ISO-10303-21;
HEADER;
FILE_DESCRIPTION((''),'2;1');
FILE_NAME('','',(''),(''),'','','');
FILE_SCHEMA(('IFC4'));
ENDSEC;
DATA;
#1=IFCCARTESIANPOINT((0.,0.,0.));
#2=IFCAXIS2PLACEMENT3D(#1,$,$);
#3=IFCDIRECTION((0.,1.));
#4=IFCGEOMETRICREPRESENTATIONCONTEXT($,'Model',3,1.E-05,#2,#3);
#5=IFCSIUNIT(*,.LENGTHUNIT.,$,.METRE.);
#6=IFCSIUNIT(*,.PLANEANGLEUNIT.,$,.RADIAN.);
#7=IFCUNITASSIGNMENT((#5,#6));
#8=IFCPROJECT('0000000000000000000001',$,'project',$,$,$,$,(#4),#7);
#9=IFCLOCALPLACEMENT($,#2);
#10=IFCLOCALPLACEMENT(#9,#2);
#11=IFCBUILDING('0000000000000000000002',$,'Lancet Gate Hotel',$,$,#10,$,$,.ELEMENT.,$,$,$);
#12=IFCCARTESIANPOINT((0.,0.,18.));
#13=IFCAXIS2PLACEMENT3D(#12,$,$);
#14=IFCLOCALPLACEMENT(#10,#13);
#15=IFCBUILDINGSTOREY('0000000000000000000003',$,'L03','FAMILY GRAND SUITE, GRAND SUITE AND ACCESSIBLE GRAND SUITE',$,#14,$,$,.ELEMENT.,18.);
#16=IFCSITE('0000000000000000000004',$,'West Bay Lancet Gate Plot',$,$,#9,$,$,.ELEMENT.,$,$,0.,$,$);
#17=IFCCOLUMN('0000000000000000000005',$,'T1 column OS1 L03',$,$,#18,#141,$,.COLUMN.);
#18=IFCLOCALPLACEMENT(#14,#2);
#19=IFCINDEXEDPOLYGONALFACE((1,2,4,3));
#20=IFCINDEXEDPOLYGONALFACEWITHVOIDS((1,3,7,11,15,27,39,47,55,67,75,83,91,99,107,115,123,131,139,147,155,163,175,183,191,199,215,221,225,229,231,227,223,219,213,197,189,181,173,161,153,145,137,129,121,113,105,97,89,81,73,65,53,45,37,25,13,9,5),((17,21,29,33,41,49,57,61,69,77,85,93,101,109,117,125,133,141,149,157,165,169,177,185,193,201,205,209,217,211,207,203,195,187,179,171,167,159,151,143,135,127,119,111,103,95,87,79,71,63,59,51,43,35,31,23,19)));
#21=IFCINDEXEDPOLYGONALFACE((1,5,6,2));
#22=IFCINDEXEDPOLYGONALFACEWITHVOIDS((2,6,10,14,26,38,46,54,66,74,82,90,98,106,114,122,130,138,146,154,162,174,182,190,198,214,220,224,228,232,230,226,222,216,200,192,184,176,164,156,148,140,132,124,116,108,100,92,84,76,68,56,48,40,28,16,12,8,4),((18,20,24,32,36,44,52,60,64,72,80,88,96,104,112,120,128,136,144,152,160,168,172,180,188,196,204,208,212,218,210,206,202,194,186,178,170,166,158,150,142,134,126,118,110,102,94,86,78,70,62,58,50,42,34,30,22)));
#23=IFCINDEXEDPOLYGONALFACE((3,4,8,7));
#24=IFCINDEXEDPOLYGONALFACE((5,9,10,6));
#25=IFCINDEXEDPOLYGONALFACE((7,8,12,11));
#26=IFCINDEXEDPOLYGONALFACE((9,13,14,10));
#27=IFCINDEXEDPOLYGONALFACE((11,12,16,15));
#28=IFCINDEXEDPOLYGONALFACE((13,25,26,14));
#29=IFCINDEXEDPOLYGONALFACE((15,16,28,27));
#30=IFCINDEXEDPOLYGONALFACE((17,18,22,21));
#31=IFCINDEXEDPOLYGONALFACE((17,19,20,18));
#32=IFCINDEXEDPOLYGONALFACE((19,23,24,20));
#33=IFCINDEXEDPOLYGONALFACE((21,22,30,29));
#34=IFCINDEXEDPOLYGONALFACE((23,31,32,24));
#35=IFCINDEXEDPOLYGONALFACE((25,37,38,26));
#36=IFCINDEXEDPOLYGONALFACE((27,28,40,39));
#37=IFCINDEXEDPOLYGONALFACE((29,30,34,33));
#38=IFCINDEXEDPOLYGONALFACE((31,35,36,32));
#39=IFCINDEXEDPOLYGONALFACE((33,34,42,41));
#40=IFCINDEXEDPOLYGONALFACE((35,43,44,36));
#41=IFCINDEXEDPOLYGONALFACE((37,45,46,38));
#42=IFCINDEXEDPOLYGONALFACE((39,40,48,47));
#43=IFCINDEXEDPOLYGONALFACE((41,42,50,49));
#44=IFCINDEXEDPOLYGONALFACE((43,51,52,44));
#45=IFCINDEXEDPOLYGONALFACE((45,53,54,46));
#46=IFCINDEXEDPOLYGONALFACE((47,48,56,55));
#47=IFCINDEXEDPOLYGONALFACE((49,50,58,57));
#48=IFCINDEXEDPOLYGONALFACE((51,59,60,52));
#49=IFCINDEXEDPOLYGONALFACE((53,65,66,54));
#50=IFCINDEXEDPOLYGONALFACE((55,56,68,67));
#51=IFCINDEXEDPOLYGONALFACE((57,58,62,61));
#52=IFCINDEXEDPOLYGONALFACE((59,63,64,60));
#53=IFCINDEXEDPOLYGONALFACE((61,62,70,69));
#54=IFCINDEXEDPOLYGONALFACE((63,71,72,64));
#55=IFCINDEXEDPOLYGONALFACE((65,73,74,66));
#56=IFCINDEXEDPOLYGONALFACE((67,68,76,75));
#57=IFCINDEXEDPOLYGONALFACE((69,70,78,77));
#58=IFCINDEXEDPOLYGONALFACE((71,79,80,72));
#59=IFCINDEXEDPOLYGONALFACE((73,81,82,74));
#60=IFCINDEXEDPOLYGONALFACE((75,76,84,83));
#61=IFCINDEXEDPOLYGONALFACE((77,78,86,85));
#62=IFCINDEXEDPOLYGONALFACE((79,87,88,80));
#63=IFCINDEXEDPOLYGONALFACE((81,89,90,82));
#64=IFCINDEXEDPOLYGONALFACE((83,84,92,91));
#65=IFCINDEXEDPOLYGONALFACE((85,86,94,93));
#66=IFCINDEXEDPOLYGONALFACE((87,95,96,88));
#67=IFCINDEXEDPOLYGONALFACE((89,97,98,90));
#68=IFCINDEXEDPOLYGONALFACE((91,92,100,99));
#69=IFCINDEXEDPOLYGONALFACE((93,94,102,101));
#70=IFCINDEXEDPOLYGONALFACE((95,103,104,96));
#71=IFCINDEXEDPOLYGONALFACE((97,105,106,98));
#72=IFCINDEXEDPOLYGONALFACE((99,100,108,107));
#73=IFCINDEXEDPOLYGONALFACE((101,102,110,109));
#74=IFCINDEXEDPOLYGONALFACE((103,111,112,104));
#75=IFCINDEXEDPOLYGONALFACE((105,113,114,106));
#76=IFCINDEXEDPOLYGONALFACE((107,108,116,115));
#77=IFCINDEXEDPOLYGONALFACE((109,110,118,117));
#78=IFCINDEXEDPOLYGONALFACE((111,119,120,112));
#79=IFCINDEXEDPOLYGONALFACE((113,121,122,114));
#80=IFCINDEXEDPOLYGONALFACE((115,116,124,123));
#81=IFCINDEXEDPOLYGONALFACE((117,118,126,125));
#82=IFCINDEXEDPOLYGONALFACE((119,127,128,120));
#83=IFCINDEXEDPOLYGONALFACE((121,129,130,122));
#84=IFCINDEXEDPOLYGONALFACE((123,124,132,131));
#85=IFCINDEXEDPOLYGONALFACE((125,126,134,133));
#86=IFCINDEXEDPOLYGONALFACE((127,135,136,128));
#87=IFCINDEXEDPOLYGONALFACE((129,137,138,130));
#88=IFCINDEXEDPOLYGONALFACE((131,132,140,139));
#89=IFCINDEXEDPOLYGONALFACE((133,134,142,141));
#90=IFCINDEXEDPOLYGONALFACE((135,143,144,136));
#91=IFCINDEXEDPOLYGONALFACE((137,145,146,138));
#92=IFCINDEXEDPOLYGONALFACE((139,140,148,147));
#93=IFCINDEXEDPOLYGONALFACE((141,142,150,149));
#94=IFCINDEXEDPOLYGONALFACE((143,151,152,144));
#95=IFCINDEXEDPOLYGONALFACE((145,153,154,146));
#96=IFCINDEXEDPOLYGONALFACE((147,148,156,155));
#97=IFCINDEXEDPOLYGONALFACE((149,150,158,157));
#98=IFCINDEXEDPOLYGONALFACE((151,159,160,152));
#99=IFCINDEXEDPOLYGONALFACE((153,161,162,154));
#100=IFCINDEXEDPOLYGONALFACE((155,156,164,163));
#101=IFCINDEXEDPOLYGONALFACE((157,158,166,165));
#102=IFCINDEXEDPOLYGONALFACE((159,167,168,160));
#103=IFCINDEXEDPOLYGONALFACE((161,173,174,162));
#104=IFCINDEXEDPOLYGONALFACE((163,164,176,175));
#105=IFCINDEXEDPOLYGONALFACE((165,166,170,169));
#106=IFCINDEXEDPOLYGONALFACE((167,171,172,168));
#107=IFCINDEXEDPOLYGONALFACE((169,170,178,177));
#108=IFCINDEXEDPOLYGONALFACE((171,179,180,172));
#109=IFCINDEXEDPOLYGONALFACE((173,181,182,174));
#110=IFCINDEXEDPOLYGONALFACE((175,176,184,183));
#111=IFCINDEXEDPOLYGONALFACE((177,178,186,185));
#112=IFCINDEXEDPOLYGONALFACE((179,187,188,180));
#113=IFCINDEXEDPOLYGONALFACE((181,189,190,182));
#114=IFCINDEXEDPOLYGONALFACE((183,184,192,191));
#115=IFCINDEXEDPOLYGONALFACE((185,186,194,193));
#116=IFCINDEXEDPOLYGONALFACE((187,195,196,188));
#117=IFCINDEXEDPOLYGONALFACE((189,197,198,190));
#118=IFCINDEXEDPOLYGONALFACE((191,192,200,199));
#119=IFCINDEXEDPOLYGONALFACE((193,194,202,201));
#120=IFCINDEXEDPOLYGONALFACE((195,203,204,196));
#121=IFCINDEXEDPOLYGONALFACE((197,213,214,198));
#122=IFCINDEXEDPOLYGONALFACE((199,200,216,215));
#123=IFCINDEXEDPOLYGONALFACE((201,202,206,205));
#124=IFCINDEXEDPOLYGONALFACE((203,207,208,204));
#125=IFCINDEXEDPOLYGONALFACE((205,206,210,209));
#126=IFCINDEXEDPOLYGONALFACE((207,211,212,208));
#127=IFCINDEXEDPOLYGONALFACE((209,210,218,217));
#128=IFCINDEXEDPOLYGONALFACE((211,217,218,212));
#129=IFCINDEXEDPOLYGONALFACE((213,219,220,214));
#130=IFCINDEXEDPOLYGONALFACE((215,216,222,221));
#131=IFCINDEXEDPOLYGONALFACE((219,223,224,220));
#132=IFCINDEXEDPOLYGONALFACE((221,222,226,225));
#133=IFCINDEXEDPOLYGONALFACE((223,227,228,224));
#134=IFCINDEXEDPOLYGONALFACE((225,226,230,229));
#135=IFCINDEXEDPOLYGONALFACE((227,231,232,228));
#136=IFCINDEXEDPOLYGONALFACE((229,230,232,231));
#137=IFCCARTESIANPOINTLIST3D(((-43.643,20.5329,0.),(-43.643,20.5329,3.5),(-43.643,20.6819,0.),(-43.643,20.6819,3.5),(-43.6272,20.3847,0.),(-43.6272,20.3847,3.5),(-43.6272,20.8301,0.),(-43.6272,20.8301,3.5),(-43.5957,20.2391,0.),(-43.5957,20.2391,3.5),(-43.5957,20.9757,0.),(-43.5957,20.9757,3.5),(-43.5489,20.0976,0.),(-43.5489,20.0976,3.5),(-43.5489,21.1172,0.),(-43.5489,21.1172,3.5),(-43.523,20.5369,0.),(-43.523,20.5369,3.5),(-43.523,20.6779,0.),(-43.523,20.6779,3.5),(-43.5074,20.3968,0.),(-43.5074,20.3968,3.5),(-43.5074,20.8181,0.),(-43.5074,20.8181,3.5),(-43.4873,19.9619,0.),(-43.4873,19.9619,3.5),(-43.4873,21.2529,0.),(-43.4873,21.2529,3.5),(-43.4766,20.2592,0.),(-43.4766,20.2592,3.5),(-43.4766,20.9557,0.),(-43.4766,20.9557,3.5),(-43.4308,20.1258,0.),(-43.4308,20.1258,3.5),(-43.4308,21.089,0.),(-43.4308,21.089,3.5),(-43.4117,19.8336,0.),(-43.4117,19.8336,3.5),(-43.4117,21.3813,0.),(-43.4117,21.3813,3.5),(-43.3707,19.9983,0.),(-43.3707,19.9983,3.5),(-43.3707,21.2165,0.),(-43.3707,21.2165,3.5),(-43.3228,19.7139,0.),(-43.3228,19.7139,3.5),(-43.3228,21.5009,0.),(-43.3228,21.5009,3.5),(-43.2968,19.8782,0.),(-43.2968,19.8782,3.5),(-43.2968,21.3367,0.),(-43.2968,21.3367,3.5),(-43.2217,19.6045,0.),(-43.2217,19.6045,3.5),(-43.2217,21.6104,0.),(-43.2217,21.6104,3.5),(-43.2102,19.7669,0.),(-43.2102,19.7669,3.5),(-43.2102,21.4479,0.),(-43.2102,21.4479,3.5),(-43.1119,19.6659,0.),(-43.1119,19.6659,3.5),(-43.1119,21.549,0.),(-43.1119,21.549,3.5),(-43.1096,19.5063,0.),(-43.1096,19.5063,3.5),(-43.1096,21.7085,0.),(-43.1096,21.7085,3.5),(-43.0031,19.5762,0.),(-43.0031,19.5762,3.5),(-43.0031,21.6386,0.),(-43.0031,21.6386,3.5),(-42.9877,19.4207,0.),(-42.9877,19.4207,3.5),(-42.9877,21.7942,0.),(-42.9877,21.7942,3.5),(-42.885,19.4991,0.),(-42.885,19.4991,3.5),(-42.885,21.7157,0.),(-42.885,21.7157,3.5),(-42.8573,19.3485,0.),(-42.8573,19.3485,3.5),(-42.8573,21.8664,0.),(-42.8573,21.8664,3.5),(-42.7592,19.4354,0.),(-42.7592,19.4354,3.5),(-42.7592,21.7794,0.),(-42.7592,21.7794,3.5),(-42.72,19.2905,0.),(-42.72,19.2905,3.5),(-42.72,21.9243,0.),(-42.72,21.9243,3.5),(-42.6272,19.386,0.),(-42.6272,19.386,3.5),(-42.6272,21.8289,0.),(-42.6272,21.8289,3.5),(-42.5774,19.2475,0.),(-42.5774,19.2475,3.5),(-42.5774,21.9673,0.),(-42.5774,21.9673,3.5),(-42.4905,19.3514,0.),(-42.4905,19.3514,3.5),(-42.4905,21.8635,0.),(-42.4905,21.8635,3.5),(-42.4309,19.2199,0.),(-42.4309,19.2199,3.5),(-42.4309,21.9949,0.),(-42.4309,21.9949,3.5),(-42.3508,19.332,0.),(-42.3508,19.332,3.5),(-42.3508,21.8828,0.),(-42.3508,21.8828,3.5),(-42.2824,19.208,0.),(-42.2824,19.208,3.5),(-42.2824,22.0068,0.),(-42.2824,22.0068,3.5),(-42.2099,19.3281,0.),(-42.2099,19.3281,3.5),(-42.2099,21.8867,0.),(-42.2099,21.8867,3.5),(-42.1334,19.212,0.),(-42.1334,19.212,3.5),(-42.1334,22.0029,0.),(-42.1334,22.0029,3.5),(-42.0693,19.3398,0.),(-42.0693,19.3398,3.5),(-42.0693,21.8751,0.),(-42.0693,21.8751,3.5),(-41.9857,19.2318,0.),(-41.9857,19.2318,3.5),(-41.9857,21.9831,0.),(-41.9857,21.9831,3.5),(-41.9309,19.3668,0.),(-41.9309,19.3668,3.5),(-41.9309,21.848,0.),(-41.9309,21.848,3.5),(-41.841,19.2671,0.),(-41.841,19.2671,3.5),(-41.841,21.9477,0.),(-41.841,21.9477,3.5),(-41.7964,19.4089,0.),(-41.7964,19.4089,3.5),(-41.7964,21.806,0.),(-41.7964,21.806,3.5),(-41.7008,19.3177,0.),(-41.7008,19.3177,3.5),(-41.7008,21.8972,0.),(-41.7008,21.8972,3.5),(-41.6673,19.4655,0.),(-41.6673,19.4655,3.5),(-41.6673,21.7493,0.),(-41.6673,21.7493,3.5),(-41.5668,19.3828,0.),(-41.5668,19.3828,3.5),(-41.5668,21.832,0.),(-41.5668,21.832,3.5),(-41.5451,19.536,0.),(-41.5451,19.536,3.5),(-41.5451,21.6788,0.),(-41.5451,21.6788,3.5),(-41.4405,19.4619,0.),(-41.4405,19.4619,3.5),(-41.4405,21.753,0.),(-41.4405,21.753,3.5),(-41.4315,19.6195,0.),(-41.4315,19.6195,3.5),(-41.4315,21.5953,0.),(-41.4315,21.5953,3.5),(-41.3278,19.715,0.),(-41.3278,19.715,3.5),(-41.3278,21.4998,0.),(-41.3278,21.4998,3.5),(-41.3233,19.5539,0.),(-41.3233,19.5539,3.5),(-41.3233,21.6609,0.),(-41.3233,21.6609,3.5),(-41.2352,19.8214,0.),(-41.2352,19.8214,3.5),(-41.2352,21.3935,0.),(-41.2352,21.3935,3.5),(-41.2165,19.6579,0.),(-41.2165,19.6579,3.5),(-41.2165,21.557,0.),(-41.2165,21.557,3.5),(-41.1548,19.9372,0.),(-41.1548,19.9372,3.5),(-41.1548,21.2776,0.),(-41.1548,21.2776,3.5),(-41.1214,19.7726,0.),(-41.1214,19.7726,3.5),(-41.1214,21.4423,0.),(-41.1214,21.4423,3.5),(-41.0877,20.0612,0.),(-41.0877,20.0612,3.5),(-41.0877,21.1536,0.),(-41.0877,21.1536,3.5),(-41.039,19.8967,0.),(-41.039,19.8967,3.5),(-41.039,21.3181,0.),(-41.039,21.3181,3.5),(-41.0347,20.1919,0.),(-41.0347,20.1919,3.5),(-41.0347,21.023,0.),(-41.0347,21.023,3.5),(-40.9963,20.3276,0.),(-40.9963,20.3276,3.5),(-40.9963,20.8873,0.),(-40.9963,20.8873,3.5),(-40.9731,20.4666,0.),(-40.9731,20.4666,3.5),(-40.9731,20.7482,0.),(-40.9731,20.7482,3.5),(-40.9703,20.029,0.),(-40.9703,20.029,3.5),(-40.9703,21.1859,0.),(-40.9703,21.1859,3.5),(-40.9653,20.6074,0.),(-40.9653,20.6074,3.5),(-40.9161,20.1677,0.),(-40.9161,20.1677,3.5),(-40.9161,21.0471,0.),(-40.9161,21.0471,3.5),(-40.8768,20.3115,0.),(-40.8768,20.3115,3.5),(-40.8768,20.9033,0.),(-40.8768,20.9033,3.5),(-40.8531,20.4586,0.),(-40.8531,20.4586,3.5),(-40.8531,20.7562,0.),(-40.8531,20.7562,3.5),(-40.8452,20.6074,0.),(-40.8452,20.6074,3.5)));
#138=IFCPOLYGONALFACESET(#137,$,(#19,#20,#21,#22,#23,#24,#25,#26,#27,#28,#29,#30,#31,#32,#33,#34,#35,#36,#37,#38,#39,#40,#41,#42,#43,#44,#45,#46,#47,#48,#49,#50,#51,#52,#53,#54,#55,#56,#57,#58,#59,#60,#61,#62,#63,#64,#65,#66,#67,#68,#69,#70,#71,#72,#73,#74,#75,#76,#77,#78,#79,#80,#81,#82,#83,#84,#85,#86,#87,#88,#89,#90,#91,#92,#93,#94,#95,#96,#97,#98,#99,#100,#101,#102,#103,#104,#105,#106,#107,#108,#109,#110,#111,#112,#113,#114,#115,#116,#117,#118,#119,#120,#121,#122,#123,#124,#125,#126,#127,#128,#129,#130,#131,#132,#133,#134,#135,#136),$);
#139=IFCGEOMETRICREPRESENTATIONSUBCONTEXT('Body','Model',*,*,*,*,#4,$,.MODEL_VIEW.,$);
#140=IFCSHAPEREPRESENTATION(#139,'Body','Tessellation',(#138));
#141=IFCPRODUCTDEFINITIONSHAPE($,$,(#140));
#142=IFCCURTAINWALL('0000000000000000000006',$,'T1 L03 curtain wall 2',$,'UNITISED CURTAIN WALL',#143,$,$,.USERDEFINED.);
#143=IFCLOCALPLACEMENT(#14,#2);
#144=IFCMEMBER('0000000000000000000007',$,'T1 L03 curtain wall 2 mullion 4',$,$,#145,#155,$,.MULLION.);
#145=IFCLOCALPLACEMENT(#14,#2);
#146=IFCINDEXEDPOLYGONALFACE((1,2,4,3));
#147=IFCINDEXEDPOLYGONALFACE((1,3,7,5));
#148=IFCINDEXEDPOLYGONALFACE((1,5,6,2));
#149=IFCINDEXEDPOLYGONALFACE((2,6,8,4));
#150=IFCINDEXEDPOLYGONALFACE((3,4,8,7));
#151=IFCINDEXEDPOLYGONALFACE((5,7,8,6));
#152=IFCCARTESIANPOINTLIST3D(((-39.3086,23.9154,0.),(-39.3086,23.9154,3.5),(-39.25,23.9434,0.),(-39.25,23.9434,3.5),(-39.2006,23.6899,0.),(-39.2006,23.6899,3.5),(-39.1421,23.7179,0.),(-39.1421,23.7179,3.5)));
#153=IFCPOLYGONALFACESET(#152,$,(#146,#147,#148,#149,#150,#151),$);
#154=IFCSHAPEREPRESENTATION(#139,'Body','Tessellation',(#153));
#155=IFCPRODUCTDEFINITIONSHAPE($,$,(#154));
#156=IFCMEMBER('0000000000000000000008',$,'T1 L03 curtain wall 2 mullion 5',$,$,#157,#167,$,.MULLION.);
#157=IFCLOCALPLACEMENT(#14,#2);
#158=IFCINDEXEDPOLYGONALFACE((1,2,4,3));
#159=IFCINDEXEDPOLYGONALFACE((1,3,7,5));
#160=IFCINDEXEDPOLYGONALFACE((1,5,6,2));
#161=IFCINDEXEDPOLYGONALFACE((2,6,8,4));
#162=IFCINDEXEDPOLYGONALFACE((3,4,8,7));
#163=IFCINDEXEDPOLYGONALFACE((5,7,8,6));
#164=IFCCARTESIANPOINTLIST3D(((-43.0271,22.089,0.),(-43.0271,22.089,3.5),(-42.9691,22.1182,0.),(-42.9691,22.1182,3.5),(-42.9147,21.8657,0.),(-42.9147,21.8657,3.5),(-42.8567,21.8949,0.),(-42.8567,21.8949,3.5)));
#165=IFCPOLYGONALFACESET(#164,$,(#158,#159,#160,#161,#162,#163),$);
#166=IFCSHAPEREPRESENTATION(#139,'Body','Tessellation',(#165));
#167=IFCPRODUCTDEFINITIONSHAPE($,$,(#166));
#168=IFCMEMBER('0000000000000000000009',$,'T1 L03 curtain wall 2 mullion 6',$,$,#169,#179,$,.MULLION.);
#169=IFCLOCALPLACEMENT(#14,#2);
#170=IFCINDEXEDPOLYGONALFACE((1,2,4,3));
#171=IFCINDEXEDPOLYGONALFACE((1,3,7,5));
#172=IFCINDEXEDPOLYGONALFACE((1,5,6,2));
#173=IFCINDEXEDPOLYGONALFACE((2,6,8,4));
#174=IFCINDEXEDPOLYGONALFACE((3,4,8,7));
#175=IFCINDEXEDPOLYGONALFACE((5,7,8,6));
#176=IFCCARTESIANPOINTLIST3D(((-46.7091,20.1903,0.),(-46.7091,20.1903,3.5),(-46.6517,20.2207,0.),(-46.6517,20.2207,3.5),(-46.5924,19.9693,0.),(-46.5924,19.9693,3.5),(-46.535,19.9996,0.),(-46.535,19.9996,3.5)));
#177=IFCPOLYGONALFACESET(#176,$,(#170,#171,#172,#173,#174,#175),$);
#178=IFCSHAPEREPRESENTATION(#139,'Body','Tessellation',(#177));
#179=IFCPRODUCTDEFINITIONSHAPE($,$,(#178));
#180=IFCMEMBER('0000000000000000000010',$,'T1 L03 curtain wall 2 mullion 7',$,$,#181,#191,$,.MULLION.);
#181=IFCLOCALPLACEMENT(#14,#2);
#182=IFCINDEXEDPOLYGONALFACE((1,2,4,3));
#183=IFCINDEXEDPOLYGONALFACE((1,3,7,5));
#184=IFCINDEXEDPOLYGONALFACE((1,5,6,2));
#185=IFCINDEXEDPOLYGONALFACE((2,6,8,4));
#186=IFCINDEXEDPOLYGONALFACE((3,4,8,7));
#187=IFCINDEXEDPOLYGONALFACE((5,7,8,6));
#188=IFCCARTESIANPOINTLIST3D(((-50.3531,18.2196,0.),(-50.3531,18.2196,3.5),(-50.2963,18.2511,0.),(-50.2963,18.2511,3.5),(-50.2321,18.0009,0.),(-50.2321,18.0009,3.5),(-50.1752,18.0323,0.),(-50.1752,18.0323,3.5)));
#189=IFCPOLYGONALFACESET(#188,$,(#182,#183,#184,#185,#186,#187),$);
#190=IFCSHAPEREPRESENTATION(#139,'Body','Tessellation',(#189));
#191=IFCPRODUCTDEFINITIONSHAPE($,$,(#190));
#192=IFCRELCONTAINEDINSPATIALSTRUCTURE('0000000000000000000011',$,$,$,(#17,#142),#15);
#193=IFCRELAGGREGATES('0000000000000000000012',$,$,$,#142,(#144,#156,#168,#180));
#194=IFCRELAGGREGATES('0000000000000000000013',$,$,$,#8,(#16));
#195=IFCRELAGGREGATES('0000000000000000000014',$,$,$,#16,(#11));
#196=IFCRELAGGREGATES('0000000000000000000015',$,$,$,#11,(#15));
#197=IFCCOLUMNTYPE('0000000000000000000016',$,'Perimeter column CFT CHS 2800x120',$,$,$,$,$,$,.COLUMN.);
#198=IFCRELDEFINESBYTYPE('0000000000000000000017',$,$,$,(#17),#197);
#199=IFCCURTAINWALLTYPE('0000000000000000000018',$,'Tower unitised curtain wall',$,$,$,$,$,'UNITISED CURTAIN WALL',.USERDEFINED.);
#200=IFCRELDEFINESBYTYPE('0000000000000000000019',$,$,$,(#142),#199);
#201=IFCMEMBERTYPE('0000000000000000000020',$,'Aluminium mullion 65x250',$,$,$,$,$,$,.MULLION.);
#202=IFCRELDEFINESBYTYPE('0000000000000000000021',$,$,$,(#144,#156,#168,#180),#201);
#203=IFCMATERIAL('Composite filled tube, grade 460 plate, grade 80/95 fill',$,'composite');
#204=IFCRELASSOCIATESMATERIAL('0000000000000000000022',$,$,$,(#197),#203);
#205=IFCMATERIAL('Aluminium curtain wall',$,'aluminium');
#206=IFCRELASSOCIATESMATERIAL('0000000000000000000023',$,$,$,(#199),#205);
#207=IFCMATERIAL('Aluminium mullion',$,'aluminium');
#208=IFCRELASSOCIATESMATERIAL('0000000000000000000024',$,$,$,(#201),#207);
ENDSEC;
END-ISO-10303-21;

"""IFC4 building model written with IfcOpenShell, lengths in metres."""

from ifc_helpers import new_model, si_unit, direction, frame, origin, origin_2d, place, context, subcontext, project, spatial, rectangle, hollow_circle, extrude, material, material_profile, profile_set, type_object, element, aggregate, save


model = new_model("IFC4")

# Units and contexts
model_context = context("Model", 3, precision=1e-05, world=origin(), true_north=direction((0.0, 1.0)))
body_context = subcontext(model_context, "Body", "Model", "MODEL_VIEW")
ifc_project = project(units=[si_unit("LENGTHUNIT", "METRE"), si_unit("PLANEANGLEUNIT", "RADIAN")], contexts=[model_context])

# Site, building, storey
site_placement = place(None, origin())
site = spatial("IfcSite", under=ifc_project, at=site_placement, Name="West Bay Lancet Gate Plot", CompositionType="ELEMENT", RefElevation=0.0)
building_placement = place(site_placement, origin())
building = spatial("IfcBuilding", under=site, at=building_placement, Name="Lancet Gate Hotel", CompositionType="ELEMENT")
storey_placement = place(building_placement, frame((0.0, 0.0, 18.0)))
storey = spatial("IfcBuildingStorey", under=building, at=storey_placement, Name="L03", Description="FAMILY GRAND SUITE, GRAND SUITE AND ACCESSIBLE GRAND SUITE", CompositionType="ELEMENT", Elevation=18.0)

# Column
ifc_material_1 = material(Name="Composite filled tube, grade 460 plate, grade 80/95 fill", Category="composite")
ifc_material_profile_1 = material_profile(ifc_material_1, hollow_circle(Radius=1.3999, WallThickness=0.1201, at=origin_2d()), Name="CHS 2800x120")
ifc_profile_set_1 = profile_set([ifc_material_profile_1], Name="Composite filled tube, grade 460 plate, grade 80/95 fill")
column_type = type_object("IfcColumnType", Name="Perimeter column CFT CHS 2800x120", PredefinedType="COLUMN", material=ifc_profile_set_1)
column_placement = place(storey_placement, frame((-42.2451, 20.6074, 0.0), z_axis=(0.0, 0.0, 1.0), x_axis=(1.0, 0.0, 0.0)))
element("IfcColumn", 1, at=column_placement, inside=storey, type_object=column_type, Name="T1 column OS1 L03", PredefinedType="COLUMN", context=body_context, shape_type="SweptSolid", body=[
    extrude(hollow_circle(Radius=1.3999, WallThickness=0.1201, at=origin_2d()), origin(), (0.0, 0.0, 1.0), 3.5),
])

# Curtain wall, members
ifc_material_2 = material(Name="Aluminium curtain wall", Category="aluminium")
curtain_wall_type = type_object("IfcCurtainWallType", Name="Tower unitised curtain wall", ElementType="UNITISED CURTAIN WALL", PredefinedType="USERDEFINED", material=ifc_material_2)
curtain_wall_placement = place(storey_placement, origin())
curtain_wall = element("IfcCurtainWall", 2, at=curtain_wall_placement, inside=storey, type_object=curtain_wall_type, Name="T1 L03 curtain wall 2", ObjectType="UNITISED CURTAIN WALL", PredefinedType="USERDEFINED")
ifc_material_3 = material(Name="Aluminium mullion", Category="aluminium")
ifc_material_profile_2 = material_profile(ifc_material_3, rectangle(XDim=0.0649, YDim=0.25, at=origin_2d()), Name="MULLION 65x250")
ifc_profile_set_2 = profile_set([ifc_material_profile_2], Name="Aluminium mullion")
member_type_1 = type_object("IfcMemberType", Name="Aluminium mullion 65x250", PredefinedType="MULLION", material=ifc_profile_set_2)
member_1_placement = place(storey_placement, frame((-39.2253, 23.8167, 0.0), z_axis=(0.0, 0.0, 1.0), x_axis=(-0.901929, -0.431885, 0.0)))
member_1 = element("IfcMember", 3, at=member_1_placement, type_object=member_type_1, Name="T1 L03 curtain wall 2 mullion 4", PredefinedType="MULLION", context=body_context, shape_type="SweptSolid", body=[
    extrude(rectangle(XDim=0.0649, YDim=0.25, at=origin_2d()), origin(), (0.0, 0.0, 1.0), 3.5),
])
member_2_placement = place(storey_placement, frame((-42.9419, 21.9919, 0.0), z_axis=(0.0, 0.0, 1.0), x_axis=(-0.893292, -0.449478, 0.0)))
member_2 = element("IfcMember", 4, at=member_2_placement, type_object=member_type_1, Name="T1 L03 curtain wall 2 mullion 5", PredefinedType="MULLION", context=body_context, shape_type="SweptSolid", body=[
    extrude(rectangle(XDim=0.0649, YDim=0.25, at=origin_2d()), origin(), (0.0, 0.0, 1.0), 3.5),
])
member_3_placement = place(storey_placement, frame((-46.6221, 20.095, 0.0), z_axis=(0.0, 0.0, 1.0), x_axis=(-0.884311, -0.466898, 0.0)))
member_3 = element("IfcMember", 5, at=member_3_placement, type_object=member_type_1, Name="T1 L03 curtain wall 2 mullion 6", PredefinedType="MULLION", context=body_context, shape_type="SweptSolid", body=[
    extrude(rectangle(XDim=0.0649, YDim=0.25, at=origin_2d()), origin(), (0.0, 0.0, 1.0), 3.5),
])
member_4_placement = place(storey_placement, frame((-50.2642, 18.126, 0.0), z_axis=(0.0, 0.0, 1.0), x_axis=(-0.874991, -0.484139, 0.0)))
member_4 = element("IfcMember", 6, at=member_4_placement, type_object=member_type_1, Name="T1 L03 curtain wall 2 mullion 7", PredefinedType="MULLION", context=body_context, shape_type="SweptSolid", body=[
    extrude(rectangle(XDim=0.0649, YDim=0.25, at=origin_2d()), origin(), (0.0, 0.0, 1.0), 3.5),
])

aggregate(curtain_wall, [member_1, member_2, member_3, member_4])

save(model, "model.ifc")
